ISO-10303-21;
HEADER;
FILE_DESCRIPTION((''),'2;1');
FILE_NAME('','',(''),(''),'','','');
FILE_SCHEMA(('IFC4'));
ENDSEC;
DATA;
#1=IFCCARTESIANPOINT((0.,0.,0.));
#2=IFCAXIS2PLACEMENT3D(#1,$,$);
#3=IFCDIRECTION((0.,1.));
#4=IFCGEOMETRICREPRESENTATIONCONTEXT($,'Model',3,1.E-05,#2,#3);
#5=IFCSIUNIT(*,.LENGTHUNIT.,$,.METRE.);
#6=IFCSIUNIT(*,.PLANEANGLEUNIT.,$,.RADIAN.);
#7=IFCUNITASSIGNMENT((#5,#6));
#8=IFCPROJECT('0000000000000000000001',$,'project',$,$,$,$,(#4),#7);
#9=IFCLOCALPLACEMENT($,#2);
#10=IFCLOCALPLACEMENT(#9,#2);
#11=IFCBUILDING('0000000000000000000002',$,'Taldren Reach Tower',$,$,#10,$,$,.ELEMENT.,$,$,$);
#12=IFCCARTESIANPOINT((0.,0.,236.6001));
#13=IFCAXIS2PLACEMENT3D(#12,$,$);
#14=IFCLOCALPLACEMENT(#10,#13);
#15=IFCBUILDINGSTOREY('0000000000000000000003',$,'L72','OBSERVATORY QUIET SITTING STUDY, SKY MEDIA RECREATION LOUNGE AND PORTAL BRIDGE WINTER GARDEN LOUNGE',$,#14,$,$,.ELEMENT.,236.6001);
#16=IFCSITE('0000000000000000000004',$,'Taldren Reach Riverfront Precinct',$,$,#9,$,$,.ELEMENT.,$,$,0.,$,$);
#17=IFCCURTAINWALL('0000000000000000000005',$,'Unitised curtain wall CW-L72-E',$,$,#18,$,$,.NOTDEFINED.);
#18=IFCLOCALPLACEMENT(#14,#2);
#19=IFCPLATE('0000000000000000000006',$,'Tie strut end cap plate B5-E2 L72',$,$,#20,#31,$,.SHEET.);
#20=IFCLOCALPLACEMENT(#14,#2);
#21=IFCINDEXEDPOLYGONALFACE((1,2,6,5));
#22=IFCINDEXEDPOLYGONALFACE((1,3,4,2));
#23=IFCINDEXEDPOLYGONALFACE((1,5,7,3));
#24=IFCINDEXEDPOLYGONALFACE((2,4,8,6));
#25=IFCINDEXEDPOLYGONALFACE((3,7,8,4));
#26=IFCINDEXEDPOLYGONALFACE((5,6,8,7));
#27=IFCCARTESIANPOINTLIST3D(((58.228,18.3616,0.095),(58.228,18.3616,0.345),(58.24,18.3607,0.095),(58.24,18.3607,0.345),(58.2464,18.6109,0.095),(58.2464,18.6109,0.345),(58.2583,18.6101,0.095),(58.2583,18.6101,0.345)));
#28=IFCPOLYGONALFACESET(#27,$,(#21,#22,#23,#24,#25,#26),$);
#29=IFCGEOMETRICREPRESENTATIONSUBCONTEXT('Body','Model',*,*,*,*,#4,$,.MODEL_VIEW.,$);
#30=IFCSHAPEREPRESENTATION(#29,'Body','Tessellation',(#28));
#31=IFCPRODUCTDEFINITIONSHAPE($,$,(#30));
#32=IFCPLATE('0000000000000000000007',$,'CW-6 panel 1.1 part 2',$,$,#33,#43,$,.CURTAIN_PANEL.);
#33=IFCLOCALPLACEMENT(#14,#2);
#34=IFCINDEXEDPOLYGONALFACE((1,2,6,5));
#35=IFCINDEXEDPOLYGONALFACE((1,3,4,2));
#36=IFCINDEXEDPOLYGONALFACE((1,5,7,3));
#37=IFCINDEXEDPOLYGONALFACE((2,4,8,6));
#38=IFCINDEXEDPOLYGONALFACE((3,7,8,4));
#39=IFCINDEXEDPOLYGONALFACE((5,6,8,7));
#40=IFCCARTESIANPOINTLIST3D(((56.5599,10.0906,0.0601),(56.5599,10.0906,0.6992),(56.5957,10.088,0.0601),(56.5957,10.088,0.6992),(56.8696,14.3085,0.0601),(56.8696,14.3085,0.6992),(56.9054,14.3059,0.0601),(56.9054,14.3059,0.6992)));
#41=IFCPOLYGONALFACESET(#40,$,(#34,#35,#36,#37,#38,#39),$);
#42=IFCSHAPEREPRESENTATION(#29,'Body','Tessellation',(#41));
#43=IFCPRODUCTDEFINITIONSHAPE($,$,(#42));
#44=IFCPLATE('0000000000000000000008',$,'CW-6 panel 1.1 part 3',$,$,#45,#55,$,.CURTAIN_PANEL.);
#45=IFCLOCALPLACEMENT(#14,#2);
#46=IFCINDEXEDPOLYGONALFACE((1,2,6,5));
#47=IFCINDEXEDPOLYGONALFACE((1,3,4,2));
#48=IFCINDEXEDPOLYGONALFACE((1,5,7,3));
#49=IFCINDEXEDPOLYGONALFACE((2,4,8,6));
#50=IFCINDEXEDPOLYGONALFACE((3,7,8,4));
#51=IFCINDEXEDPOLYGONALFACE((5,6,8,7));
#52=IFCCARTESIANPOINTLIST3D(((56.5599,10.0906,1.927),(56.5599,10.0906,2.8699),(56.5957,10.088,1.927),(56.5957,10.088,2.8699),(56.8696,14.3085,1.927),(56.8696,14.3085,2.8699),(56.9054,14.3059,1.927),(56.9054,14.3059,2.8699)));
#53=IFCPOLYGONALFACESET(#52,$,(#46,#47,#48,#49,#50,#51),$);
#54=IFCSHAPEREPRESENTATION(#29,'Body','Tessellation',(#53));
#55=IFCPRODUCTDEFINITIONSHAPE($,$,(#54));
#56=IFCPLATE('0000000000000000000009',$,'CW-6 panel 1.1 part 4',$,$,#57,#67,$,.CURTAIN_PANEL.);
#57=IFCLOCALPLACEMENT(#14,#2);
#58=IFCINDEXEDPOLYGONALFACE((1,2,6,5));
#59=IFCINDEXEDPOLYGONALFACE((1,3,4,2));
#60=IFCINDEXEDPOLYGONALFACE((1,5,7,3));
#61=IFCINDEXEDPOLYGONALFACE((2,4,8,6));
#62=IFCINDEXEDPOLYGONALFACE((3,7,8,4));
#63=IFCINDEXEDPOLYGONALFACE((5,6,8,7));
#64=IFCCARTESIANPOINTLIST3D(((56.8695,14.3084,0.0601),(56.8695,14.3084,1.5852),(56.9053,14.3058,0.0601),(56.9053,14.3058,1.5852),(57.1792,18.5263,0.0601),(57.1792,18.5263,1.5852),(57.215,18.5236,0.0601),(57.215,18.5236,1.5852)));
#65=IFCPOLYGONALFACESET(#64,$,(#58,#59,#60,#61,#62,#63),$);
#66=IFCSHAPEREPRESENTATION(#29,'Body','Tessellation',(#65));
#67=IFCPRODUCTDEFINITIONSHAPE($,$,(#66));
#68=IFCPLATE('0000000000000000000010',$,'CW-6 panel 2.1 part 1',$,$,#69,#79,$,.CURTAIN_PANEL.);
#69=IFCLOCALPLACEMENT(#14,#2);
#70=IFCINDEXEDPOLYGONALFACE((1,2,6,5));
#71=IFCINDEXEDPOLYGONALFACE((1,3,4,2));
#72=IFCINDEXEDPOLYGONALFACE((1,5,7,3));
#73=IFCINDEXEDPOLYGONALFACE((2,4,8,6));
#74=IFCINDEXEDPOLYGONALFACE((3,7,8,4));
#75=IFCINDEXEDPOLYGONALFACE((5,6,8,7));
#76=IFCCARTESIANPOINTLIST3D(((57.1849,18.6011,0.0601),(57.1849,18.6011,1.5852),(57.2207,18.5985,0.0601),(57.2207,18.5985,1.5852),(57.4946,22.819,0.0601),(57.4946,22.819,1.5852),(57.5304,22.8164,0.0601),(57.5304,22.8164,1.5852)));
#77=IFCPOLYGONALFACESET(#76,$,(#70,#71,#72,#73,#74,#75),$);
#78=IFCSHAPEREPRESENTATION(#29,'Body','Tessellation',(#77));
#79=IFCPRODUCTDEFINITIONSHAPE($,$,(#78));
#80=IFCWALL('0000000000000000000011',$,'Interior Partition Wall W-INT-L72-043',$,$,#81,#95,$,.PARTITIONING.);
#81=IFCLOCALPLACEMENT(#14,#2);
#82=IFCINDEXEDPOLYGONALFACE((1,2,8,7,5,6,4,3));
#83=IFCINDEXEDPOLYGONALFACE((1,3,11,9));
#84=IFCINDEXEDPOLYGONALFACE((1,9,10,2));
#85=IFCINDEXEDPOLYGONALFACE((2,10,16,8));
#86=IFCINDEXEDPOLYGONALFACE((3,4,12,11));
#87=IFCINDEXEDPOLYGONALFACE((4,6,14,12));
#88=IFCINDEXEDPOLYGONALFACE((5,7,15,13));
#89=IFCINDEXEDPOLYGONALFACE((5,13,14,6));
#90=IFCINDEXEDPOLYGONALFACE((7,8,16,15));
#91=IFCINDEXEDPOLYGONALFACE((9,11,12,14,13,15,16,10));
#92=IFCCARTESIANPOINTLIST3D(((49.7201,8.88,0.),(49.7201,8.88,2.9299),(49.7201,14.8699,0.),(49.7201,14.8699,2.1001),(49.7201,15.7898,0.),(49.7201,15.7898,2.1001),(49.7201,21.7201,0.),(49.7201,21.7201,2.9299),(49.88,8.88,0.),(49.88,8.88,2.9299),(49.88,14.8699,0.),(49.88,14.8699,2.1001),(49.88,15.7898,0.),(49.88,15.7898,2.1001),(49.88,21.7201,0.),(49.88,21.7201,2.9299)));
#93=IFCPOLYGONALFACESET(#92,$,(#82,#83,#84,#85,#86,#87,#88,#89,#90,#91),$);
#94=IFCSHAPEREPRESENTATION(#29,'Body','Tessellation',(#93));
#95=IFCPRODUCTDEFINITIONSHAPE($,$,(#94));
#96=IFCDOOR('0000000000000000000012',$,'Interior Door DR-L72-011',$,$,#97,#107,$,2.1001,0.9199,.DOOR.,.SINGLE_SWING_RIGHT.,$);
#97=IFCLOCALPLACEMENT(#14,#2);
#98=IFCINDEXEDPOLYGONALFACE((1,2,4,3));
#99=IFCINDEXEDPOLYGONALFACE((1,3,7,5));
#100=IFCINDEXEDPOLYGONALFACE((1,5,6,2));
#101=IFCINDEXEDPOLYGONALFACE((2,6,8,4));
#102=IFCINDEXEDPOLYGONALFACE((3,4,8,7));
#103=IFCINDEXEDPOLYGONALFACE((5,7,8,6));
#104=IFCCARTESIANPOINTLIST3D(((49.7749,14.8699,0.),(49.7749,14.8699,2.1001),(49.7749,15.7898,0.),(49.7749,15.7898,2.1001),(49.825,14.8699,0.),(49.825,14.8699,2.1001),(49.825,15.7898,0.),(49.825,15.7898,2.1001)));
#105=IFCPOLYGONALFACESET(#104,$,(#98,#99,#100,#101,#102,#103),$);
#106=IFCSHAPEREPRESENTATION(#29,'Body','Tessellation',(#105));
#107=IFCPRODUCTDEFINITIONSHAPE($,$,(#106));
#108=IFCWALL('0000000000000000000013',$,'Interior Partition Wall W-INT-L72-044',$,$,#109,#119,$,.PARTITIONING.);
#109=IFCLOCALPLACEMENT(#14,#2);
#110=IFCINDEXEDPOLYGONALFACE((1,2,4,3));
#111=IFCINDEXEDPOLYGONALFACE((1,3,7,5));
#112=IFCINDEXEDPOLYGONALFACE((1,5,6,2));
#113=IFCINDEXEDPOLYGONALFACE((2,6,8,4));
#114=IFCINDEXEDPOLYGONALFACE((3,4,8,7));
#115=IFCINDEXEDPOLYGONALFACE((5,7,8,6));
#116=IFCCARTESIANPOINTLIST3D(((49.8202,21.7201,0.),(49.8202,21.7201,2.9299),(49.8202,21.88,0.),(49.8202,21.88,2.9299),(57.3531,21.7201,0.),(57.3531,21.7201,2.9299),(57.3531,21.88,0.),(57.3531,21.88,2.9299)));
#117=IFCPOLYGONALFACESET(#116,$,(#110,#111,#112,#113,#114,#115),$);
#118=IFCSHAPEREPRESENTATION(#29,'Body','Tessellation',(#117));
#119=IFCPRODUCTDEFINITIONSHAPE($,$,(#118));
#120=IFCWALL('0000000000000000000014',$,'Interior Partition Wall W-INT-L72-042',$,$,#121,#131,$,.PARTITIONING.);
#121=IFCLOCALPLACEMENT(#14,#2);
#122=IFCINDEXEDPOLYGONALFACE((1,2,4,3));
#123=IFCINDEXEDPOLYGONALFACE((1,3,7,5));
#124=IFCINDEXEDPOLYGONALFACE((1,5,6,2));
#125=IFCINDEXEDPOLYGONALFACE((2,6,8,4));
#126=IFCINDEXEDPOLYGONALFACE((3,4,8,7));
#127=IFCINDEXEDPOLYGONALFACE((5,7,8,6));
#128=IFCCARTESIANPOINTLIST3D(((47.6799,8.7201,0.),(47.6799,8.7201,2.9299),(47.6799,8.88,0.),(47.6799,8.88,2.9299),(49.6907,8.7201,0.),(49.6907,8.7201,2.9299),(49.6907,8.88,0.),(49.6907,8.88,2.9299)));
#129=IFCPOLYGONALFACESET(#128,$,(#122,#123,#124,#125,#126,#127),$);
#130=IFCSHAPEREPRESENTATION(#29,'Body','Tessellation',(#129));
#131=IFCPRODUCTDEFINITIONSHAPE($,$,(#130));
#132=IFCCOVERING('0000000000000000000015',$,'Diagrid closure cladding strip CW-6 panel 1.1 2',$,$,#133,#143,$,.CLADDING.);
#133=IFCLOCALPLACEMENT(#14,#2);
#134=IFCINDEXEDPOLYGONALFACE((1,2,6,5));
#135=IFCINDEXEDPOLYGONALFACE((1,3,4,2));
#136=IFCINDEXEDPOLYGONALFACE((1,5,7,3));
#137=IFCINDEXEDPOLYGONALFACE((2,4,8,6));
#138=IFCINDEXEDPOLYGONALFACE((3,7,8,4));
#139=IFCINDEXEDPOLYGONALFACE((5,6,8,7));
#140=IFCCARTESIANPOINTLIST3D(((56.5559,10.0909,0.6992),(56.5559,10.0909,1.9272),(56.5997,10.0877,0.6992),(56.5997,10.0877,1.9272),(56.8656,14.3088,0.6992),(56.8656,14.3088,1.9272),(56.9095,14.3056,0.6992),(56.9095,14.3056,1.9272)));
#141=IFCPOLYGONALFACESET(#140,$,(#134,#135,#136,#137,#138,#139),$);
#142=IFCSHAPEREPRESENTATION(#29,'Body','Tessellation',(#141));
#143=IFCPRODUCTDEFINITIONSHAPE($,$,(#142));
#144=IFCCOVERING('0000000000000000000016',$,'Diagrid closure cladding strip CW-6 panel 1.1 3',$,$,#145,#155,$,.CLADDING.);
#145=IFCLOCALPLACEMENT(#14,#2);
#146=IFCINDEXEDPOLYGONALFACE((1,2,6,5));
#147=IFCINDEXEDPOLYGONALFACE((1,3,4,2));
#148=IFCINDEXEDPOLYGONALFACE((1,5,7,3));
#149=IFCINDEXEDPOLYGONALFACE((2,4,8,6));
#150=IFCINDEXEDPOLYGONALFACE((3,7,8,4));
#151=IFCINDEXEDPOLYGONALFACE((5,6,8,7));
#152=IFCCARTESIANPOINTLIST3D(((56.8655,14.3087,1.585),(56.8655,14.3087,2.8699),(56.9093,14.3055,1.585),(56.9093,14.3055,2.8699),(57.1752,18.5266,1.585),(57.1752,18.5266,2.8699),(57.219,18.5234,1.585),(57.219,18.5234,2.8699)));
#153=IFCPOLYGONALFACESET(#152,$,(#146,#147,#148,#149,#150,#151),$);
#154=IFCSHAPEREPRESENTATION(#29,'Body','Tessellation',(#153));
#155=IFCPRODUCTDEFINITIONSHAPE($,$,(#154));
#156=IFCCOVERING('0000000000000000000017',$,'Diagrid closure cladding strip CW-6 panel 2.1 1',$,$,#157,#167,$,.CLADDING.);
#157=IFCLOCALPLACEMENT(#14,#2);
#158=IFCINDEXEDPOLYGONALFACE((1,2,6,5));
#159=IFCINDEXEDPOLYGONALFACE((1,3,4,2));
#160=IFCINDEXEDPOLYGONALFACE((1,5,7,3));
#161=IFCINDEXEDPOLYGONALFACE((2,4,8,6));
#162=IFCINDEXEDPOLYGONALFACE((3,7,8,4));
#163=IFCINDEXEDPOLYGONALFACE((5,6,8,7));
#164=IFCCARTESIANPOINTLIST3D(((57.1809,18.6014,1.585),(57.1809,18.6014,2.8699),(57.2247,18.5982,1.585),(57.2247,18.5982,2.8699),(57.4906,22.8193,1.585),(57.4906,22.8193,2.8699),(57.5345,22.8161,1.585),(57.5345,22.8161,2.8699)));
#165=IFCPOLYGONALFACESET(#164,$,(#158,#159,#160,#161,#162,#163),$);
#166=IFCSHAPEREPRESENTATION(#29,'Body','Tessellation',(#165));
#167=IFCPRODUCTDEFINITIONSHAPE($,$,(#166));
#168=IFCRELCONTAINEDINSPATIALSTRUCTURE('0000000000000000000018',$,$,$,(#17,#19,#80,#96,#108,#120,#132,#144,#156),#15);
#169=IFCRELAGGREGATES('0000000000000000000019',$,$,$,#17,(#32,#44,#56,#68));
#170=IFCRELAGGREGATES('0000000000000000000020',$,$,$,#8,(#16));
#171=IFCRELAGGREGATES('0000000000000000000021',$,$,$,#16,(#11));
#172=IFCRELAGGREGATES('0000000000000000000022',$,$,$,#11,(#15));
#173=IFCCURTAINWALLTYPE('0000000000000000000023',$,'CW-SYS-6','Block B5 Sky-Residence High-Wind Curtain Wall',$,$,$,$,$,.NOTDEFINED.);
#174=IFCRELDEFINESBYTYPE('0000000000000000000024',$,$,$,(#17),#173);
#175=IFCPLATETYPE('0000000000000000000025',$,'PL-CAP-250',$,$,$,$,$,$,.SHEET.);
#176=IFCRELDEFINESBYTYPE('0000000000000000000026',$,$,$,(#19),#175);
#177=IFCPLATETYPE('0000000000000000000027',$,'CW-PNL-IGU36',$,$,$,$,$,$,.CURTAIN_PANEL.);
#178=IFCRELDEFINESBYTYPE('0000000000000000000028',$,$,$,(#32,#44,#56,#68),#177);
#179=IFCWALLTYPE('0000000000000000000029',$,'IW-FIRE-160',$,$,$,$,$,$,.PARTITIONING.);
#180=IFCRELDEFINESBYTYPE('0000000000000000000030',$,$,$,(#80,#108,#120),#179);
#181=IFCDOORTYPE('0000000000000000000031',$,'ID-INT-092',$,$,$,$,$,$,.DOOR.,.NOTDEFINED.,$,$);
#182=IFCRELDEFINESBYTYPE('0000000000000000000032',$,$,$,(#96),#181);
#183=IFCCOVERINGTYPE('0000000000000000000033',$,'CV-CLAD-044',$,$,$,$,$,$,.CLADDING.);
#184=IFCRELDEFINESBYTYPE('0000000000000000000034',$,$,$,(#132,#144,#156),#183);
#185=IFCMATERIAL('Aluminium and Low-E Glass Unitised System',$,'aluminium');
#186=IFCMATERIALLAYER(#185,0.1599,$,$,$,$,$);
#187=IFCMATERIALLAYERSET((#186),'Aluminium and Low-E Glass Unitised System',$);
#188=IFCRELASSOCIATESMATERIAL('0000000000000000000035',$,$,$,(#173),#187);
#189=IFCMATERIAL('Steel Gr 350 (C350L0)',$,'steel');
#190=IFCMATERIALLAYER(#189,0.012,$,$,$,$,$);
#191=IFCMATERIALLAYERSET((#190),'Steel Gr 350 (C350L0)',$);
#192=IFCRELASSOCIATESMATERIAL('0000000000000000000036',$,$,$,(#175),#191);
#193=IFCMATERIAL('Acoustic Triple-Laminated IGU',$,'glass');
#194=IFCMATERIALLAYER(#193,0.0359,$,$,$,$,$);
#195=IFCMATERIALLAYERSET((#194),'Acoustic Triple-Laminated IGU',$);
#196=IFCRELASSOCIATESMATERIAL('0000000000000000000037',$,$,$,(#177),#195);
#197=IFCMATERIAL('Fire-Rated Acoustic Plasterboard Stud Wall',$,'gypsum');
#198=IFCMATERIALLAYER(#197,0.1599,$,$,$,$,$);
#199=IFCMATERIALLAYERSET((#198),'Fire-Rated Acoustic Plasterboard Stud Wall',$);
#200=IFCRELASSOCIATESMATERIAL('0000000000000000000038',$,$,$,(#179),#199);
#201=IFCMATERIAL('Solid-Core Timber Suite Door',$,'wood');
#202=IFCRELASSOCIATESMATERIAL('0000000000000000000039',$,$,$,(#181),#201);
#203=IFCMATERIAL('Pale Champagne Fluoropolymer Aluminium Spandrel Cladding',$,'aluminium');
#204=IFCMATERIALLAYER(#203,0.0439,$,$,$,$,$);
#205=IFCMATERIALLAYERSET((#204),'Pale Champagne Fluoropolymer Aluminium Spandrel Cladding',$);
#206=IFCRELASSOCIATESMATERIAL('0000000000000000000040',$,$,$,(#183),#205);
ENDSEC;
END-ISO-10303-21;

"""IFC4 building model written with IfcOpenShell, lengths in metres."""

from ifc_helpers import new_model, si_unit, direction, frame, frame_2d, origin, origin_2d, place, context, subcontext, project, spatial, rectangle, extrude, source, transform, mapped, material, layer, layer_set, type_object, element, fill, aggregate, save


model = new_model("IFC4")

# Units and contexts
model_context = context("Model", 3, precision=1e-05, world=origin(), true_north=direction((0.0, 1.0)))
body_context = subcontext(model_context, "Body", "Model", "MODEL_VIEW")
ifc_project = project(units=[si_unit("LENGTHUNIT", "METRE"), si_unit("PLANEANGLEUNIT", "RADIAN")], contexts=[model_context])

# Site, building, storey
site_placement = place(None, origin())
site = spatial("IfcSite", under=ifc_project, at=site_placement, Name="Taldren Reach Riverfront Precinct", CompositionType="ELEMENT", RefElevation=0.0)
building_placement = place(site_placement, origin())
building = spatial("IfcBuilding", under=site, at=building_placement, Name="Taldren Reach Tower", CompositionType="ELEMENT")
storey_placement = place(building_placement, frame((0.0, 0.0, 236.6001)))
storey = spatial("IfcBuildingStorey", under=building, at=storey_placement, Name="L72", Description="OBSERVATORY QUIET SITTING STUDY, SKY MEDIA RECREATION LOUNGE AND PORTAL BRIDGE WINTER GARDEN LOUNGE", CompositionType="ELEMENT", Elevation=236.6001)

# Shared definitions
ifc_material_1 = material(Name="Steel Gr 350 (C350L0)", Category="steel")

# Curtain wall
ifc_material_2 = material(Name="Aluminium and Low-E Glass Unitised System", Category="aluminium")
ifc_layer_1 = layer(ifc_material_2, 0.1599)
ifc_layer_set_1 = layer_set([ifc_layer_1], Name="Aluminium and Low-E Glass Unitised System")
curtain_wall_type = type_object("IfcCurtainWallType", Name="CW-SYS-6", Description="Block B5 Sky-Residence High-Wind Curtain Wall", PredefinedType="NOTDEFINED", material=ifc_layer_set_1)
curtain_wall_placement = place(storey_placement, origin())
curtain_wall = element("IfcCurtainWall", 1, at=curtain_wall_placement, inside=storey, type_object=curtain_wall_type, Name="Unitised curtain wall CW-L72-E", PredefinedType="NOTDEFINED")

# Plates
ifc_layer_2 = layer(ifc_material_1, 0.012)
ifc_layer_set_2 = layer_set([ifc_layer_2], Name="Steel Gr 350 (C350L0)")
plate_type_1 = type_object("IfcPlateType", Name="PL-CAP-250", PredefinedType="SHEET", material=ifc_layer_set_2)
shared_shape_1 = source(origin(), body_context, "Body", "SweptSolid", [
    extrude(rectangle(XDim=0.012, YDim=0.25, at=origin_2d()), origin(), (0.0, 0.0, 1.0), 0.25),
])
plate_1_placement = place(storey_placement, frame((58.2432, 18.4858, 0.095), z_axis=(0.0, 0.0, 1.0), x_axis=(0.997314, -0.073238, 0.0)))
element("IfcPlate", 2, at=plate_1_placement, inside=storey, type_object=plate_type_1, Name="Tie strut end cap plate B5-E2 L72", PredefinedType="SHEET", context=body_context, shape_type="MappedRepresentation", body=[
    mapped(shared_shape_1, transform((0.0, 0.0, 0.0), scale=1.0)),
])
ifc_material_3 = material(Name="Acoustic Triple-Laminated IGU", Category="glass")
ifc_layer_3 = layer(ifc_material_3, 0.0359)
ifc_layer_set_3 = layer_set([ifc_layer_3], Name="Acoustic Triple-Laminated IGU")
plate_type_2 = type_object("IfcPlateType", Name="CW-PNL-IGU36", PredefinedType="CURTAIN_PANEL", material=ifc_layer_set_3)
shared_shape_2 = source(origin(), body_context, "Body", "SweptSolid", [
    extrude(rectangle(XDim=4.2292, YDim=0.0359, at=origin_2d()), origin(), (0.0, 0.0, 1.0), 0.6392),
])
plate_2_placement = place(storey_placement, frame((56.7327, 12.1982, 0.0601), z_axis=(0.0, 0.0, 1.0), x_axis=(0.073238, 0.997314, 0.0)))
plate_2 = element("IfcPlate", 3, at=plate_2_placement, type_object=plate_type_2, Name="CW-6 panel 1.1 part 2", PredefinedType="CURTAIN_PANEL", context=body_context, shape_type="MappedRepresentation", body=[
    mapped(shared_shape_2, transform((0.0, 0.0, 0.0), scale=1.0)),
])
shared_shape_3 = source(origin(), body_context, "Body", "SweptSolid", [
    extrude(rectangle(XDim=4.2292, YDim=0.0359, at=origin_2d()), origin(), (0.0, 0.0, 1.0), 0.9429),
])
plate_3_placement = place(storey_placement, frame((56.7327, 12.1982, 1.927), z_axis=(0.0, 0.0, 1.0), x_axis=(0.073238, 0.997314, 0.0)))
plate_3 = element("IfcPlate", 4, at=plate_3_placement, type_object=plate_type_2, Name="CW-6 panel 1.1 part 3", PredefinedType="CURTAIN_PANEL", context=body_context, shape_type="MappedRepresentation", body=[
    mapped(shared_shape_3, transform((0.0, 0.0, 0.0), scale=1.0)),
])
shared_shape_4 = source(origin(), body_context, "Body", "SweptSolid", [
    extrude(rectangle(XDim=4.2292, YDim=0.0359, at=origin_2d()), origin(), (0.0, 0.0, 1.0), 1.5251),
])
plate_4_placement = place(storey_placement, frame((57.0422, 16.416, 0.0601), z_axis=(0.0, 0.0, 1.0), x_axis=(0.073238, 0.997314, 0.0)))
plate_4 = element("IfcPlate", 5, at=plate_4_placement, type_object=plate_type_2, Name="CW-6 panel 1.1 part 4", PredefinedType="CURTAIN_PANEL", context=body_context, shape_type="MappedRepresentation", body=[
    mapped(shared_shape_4, transform((0.0, 0.0, 0.0), scale=1.0)),
])
plate_5_placement = place(storey_placement, frame((57.3577, 20.7087, 0.0601), z_axis=(0.0, 0.0, 1.0), x_axis=(0.073238, 0.997314, 0.0)))
plate_5 = element("IfcPlate", 6, at=plate_5_placement, type_object=plate_type_2, Name="CW-6 panel 2.1 part 1", PredefinedType="CURTAIN_PANEL", context=body_context, shape_type="MappedRepresentation", body=[
    mapped(shared_shape_4, transform((0.0, 0.0, 0.0), scale=1.0)),
])
aggregate(curtain_wall, [plate_2, plate_3, plate_4, plate_5])

# Wall, opening, door
ifc_material_4 = material(Name="Fire-Rated Acoustic Plasterboard Stud Wall", Category="gypsum")
ifc_layer_4 = layer(ifc_material_4, 0.1599)
ifc_layer_set_4 = layer_set([ifc_layer_4], Name="Fire-Rated Acoustic Plasterboard Stud Wall")
wall_type = type_object("IfcWallType", Name="IW-FIRE-160", PredefinedType="PARTITIONING", material=ifc_layer_set_4)
shared_shape_5 = source(origin(), body_context, "Body", "SweptSolid", [
    extrude(rectangle(XDim=12.8401, YDim=0.1599, at=frame_2d((6.4199, 0.0))), origin(), (0.0, 0.0, 1.0), 2.9299),
])
wall_1_placement = place(storey_placement, frame((49.8, 21.72, 0.0), z_axis=(0.0, 0.0, 1.0), x_axis=(0.0, -1.0, 0.0)))
wall_1 = element("IfcWall", 7, at=wall_1_placement, inside=storey, type_object=wall_type, Name="Interior Partition Wall W-INT-L72-043", PredefinedType="PARTITIONING", context=body_context, shape_type="MappedRepresentation", body=[
    mapped(shared_shape_5, transform((0.0, 0.0, 0.0), scale=1.0)),
])
shared_shape_6 = source(origin(), body_context, "Body", "SweptSolid", [
    extrude(rectangle(XDim=0.9199, YDim=2.1001, at=frame_2d((0.46, 1.05))), frame((0.0, 0.0898, 0.0), z_axis=(0.0, -1.0, 0.0), x_axis=(1.0, 0.0, 0.0)), (0.0, 0.0, 1.0), 0.1799),
])
opening_placement = place(wall_1_placement, frame((5.9302, 0.0, 0.0)))
opening = element("IfcOpeningElement", 8, at=opening_placement, cuts=wall_1, PredefinedType="OPENING", context=body_context, shape_type="MappedRepresentation", body=[
    mapped(shared_shape_6, transform((0.0, 0.0, 0.0), scale=1.0)),
])
ifc_material_5 = material(Name="Solid-Core Timber Suite Door", Category="wood")
door_type = type_object("IfcDoorType", Name="ID-INT-092", OperationType="NOTDEFINED", PredefinedType="DOOR", material=ifc_material_5)
shared_shape_7 = source(origin(), body_context, "Body", "SweptSolid", [
    extrude(rectangle(XDim=0.9199, YDim=2.1001, at=frame_2d((0.46, 1.05))), frame((0.0, 0.0249, 0.0), z_axis=(0.0, -1.0, 0.0), x_axis=(1.0, 0.0, 0.0)), (0.0, 0.0, 1.0), 0.05),
])
door_placement = place(opening_placement, origin())
door = element("IfcDoor", 9, at=door_placement, inside=storey, type_object=door_type, Name="Interior Door DR-L72-011", OperationType="SINGLE_SWING_RIGHT", OverallHeight=2.1001, OverallWidth=0.9199, PredefinedType="DOOR", context=body_context, shape_type="MappedRepresentation", body=[
    mapped(shared_shape_7, transform((0.0, 0.0, 0.0), scale=1.0)),
])
fill(opening, door)

# Walls
shared_shape_8 = source(origin(), body_context, "Body", "SweptSolid", [
    extrude(rectangle(XDim=7.533, YDim=0.1599, at=frame_2d((3.7666, 0.0))), origin(), (0.0, 0.0, 1.0), 2.9299),
])
wall_2_placement = place(storey_placement, frame((57.3533, 21.8, 0.0), z_axis=(0.0, 0.0, 1.0), x_axis=(-1.0, 0.0, 0.0)))
element("IfcWall", 10, at=wall_2_placement, inside=storey, type_object=wall_type, Name="Interior Partition Wall W-INT-L72-044", PredefinedType="PARTITIONING", context=body_context, shape_type="MappedRepresentation", body=[
    mapped(shared_shape_8, transform((0.0, 0.0, 0.0), scale=1.0)),
])
shared_shape_9 = source(origin(), body_context, "Body", "SweptSolid", [
    extrude(rectangle(XDim=2.0107, YDim=0.1599, at=frame_2d((1.0054, 0.0))), origin(), (0.0, 0.0, 1.0), 2.9299),
])
wall_3_placement = place(storey_placement, frame((49.6907, 8.8, 0.0), z_axis=(0.0, 0.0, 1.0), x_axis=(-1.0, 0.0, 0.0)))
element("IfcWall", 11, at=wall_3_placement, inside=storey, type_object=wall_type, Name="Interior Partition Wall W-INT-L72-042", PredefinedType="PARTITIONING", context=body_context, shape_type="MappedRepresentation", body=[
    mapped(shared_shape_9, transform((0.0, 0.0, 0.0), scale=1.0)),
])

# Coverings
ifc_material_6 = material(Name="Pale Champagne Fluoropolymer Aluminium Spandrel Cladding", Category="aluminium")
ifc_layer_5 = layer(ifc_material_6, 0.0439)
ifc_layer_set_5 = layer_set([ifc_layer_5], Name="Pale Champagne Fluoropolymer Aluminium Spandrel Cladding")
covering_type = type_object("IfcCoveringType", Name="CV-CLAD-044", PredefinedType="CLADDING", material=ifc_layer_set_5)
shared_shape_10 = source(origin(), body_context, "Body", "SweptSolid", [
    extrude(rectangle(XDim=4.2292, YDim=0.0439, at=origin_2d()), origin(), (0.0, 0.0, 1.0), 1.228),
])
covering_placement = place(storey_placement, frame((56.7327, 12.1982, 0.6992), z_axis=(0.0, 0.0, 1.0), x_axis=(0.073238, 0.997314, 0.0)))
element("IfcCovering", 12, at=covering_placement, inside=storey, type_object=covering_type, Name="Diagrid closure cladding strip CW-6 panel 1.1 2", PredefinedType="CLADDING", context=body_context, shape_type="MappedRepresentation", body=[
    mapped(shared_shape_10, transform((0.0, 0.0, 0.0), scale=1.0)),
])
shared_shape_11 = source(origin(), body_context, "Body", "SweptSolid", [
    extrude(rectangle(XDim=4.2292, YDim=0.0439, at=origin_2d()), origin(), (0.0, 0.0, 1.0), 1.2849),
])
for number, where, z_axis, x_axis, name in (
    (13, (57.0422, 16.416, 1.585), (0.0, 0.0, 1.0), (0.073238, 0.997314, 0.0), "Diagrid closure cladding strip CW-6 panel 1.1 3"),
    (14, (57.3577, 20.7087, 1.585), (0.0, 0.0, 1.0), (0.073238, 0.997314, 0.0), "Diagrid closure cladding strip CW-6 panel 2.1 1"),
):
    element("IfcCovering", number, at=place(storey_placement, frame(where, z_axis=z_axis, x_axis=x_axis)), inside=storey, type_object=covering_type, Name=name, PredefinedType="CLADDING", context=body_context, shape_type="MappedRepresentation", body=[
        mapped(shared_shape_11, transform((0.0, 0.0, 0.0), scale=1.0)),
    ])

save(model, "model.ifc")
